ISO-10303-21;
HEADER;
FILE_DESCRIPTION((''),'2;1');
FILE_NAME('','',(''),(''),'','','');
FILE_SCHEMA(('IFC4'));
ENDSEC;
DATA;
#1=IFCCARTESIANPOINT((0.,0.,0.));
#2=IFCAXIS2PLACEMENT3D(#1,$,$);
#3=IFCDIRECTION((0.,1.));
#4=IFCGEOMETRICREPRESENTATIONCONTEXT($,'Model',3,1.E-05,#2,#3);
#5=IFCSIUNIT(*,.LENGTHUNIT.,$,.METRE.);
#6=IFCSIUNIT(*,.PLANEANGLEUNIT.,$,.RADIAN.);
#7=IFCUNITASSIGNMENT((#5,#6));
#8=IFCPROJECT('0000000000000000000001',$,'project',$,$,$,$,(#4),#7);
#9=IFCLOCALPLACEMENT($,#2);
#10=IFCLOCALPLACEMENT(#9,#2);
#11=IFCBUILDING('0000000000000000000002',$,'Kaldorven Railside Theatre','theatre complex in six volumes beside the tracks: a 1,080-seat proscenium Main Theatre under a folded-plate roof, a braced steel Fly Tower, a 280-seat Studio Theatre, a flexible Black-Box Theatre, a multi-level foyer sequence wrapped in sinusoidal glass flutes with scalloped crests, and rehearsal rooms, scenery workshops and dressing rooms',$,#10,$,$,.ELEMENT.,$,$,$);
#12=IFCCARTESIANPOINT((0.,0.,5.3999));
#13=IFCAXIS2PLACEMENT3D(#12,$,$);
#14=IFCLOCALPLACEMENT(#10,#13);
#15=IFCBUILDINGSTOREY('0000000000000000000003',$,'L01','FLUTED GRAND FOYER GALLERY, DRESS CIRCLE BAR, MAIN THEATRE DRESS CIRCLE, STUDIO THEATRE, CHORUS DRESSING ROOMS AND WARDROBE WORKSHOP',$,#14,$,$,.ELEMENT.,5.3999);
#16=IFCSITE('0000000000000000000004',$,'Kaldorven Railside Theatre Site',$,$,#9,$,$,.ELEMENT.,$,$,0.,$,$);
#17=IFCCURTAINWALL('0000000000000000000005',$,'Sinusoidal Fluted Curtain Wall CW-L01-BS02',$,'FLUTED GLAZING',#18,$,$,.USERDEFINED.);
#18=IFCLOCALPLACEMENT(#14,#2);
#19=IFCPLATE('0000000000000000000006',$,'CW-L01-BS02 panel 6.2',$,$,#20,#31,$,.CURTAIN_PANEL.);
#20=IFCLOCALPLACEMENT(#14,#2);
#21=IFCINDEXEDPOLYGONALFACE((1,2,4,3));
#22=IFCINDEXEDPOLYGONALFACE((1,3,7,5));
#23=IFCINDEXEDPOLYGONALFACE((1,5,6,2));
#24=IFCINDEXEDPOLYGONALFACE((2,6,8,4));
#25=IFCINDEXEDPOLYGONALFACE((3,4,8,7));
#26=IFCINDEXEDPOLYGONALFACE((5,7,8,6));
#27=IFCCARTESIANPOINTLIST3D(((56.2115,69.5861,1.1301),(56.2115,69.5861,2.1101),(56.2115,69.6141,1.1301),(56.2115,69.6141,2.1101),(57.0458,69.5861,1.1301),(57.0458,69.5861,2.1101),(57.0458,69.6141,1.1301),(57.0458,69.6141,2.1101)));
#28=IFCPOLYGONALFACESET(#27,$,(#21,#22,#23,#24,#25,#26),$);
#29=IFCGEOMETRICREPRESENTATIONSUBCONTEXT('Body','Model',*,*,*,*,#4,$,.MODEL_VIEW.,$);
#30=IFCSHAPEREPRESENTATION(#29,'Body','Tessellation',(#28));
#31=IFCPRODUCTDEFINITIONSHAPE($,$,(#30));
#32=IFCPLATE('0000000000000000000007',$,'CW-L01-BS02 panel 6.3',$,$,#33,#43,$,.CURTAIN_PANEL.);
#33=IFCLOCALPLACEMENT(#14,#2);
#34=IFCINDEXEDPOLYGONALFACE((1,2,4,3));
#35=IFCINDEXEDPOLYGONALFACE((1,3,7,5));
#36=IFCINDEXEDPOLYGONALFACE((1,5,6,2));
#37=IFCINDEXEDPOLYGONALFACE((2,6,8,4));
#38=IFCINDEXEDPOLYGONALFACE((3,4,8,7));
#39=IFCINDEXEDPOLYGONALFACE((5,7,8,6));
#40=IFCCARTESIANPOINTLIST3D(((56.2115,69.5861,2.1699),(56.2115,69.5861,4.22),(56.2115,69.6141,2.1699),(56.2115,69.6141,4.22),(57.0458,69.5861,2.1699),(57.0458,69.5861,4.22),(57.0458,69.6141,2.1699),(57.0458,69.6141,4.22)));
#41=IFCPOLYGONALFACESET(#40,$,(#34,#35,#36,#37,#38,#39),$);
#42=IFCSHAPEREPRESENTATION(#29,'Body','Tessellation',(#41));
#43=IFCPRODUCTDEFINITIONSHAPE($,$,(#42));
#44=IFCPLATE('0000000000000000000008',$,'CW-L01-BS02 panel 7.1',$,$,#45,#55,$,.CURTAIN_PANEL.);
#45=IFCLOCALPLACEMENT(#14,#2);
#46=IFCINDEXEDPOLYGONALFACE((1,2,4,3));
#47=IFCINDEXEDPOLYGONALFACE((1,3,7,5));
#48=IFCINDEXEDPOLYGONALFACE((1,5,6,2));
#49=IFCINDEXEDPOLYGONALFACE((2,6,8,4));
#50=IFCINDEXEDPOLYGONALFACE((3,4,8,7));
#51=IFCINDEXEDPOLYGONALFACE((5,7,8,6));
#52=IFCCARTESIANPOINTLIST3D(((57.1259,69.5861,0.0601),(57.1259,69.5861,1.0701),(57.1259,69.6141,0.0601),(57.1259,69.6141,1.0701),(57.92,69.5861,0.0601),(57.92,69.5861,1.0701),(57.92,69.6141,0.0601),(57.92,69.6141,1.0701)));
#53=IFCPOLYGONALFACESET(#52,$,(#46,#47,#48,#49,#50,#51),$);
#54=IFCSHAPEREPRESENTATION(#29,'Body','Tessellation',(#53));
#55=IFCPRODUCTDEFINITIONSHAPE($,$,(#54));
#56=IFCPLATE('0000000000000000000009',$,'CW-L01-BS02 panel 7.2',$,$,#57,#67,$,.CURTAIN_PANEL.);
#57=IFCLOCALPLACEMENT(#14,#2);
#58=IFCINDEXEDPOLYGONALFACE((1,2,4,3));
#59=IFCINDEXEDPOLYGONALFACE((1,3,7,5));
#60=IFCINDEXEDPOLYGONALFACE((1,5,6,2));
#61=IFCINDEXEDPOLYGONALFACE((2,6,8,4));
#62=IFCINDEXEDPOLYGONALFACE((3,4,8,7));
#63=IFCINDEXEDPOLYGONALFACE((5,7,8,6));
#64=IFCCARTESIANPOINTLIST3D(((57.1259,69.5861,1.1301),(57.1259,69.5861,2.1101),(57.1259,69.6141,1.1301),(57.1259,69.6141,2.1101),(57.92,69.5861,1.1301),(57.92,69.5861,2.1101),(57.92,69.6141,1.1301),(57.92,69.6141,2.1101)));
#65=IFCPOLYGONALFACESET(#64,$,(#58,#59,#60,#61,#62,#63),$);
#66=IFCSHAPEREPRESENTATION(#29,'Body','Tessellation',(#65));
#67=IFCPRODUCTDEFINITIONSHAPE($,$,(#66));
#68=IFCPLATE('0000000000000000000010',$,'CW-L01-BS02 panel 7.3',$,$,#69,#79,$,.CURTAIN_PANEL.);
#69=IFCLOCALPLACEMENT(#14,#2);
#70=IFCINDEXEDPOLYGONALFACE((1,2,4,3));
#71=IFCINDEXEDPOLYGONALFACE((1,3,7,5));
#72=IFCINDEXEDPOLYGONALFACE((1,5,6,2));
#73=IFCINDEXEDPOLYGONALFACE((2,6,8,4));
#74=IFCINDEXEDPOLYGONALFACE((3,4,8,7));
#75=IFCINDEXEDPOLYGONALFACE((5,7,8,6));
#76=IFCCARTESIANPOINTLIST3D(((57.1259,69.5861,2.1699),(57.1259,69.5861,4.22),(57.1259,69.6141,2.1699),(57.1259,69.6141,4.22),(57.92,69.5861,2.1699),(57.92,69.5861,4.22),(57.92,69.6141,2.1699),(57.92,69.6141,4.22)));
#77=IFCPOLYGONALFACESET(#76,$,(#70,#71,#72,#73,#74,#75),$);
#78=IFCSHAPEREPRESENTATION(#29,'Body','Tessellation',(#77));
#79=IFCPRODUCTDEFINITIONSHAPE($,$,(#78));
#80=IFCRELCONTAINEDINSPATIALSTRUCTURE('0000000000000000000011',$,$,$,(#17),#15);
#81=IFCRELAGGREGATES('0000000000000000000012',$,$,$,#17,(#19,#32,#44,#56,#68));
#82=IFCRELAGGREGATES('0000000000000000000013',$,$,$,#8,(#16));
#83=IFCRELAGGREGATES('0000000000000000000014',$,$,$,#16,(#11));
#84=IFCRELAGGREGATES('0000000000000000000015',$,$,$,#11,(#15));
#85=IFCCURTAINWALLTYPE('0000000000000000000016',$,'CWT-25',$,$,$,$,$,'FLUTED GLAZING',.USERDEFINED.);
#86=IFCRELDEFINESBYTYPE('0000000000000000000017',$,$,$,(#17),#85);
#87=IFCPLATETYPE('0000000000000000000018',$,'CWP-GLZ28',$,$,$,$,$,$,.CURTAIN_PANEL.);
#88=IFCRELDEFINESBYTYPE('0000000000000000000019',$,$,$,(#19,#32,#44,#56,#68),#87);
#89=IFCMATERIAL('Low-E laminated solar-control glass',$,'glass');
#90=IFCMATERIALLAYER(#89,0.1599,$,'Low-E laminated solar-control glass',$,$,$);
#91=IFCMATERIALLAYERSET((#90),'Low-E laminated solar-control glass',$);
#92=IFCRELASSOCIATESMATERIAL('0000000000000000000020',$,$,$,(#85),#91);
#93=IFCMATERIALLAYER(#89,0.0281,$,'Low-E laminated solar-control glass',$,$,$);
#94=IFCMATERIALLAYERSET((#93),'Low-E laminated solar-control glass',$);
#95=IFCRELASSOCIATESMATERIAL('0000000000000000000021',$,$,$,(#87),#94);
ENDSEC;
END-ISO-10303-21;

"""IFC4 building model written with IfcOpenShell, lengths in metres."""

from ifc_helpers import new_model, si_unit, direction, frame, origin, origin_2d, place, context, subcontext, project, spatial, rectangle, extrude, material, layer, layer_set, type_object, element, aggregate, save


model = new_model("IFC4")

# Units and contexts
model_context = context("Model", 3, precision=1e-05, world=origin(), true_north=direction((0.0, 1.0)))
body_context = subcontext(model_context, "Body", "Model", "MODEL_VIEW")
ifc_project = project(units=[si_unit("LENGTHUNIT", "METRE"), si_unit("PLANEANGLEUNIT", "RADIAN")], contexts=[model_context])

# Site, building, storey
site_placement = place(None, origin())
site = spatial("IfcSite", under=ifc_project, at=site_placement, Name="Kaldorven Railside Theatre Site", CompositionType="ELEMENT", RefElevation=0.0)
building_placement = place(site_placement, origin())
building = spatial("IfcBuilding", under=site, at=building_placement, Name="Kaldorven Railside Theatre", Description="theatre complex in six volumes beside the tracks: a 1,080-seat proscenium Main Theatre under a folded-plate roof, a braced steel Fly Tower, a 280-seat Studio Theatre, a flexible Black-Box Theatre, a multi-level foyer sequence wrapped in sinusoidal glass flutes with scalloped crests, and rehearsal rooms, scenery workshops and dressing rooms", CompositionType="ELEMENT")
storey_placement = place(building_placement, frame((0.0, 0.0, 5.3999)))
storey = spatial("IfcBuildingStorey", under=building, at=storey_placement, Name="L01", Description="FLUTED GRAND FOYER GALLERY, DRESS CIRCLE BAR, MAIN THEATRE DRESS CIRCLE, STUDIO THEATRE, CHORUS DRESSING ROOMS AND WARDROBE WORKSHOP", CompositionType="ELEMENT", Elevation=5.3999)

# Curtain wall
ifc_material_1 = material(Name="Low-E laminated solar-control glass", Category="glass")
ifc_layer_1 = layer(ifc_material_1, 0.1599, Name="Low-E laminated solar-control glass")
ifc_layer_set_1 = layer_set([ifc_layer_1], Name="Low-E laminated solar-control glass")
curtain_wall_type = type_object("IfcCurtainWallType", Name="CWT-25", ElementType="FLUTED GLAZING", PredefinedType="USERDEFINED", material=ifc_layer_set_1)
curtain_wall_1_placement = place(storey_placement, origin())
curtain_wall_1 = element("IfcCurtainWall", 1, at=curtain_wall_1_placement, inside=storey, type_object=curtain_wall_type, Name="Sinusoidal Fluted Curtain Wall CW-L01-BS02", ObjectType="FLUTED GLAZING", PredefinedType="USERDEFINED")

# Plates
ifc_layer_2 = layer(ifc_material_1, 0.0281, Name="Low-E laminated solar-control glass")
ifc_layer_set_2 = layer_set([ifc_layer_2], Name="Low-E laminated solar-control glass")
plate_type = type_object("IfcPlateType", Name="CWP-GLZ28", PredefinedType="CURTAIN_PANEL", material=ifc_layer_set_2)
plate_1_placement = place(storey_placement, frame((56.6287, 69.6001, 1.1301), z_axis=(0.0, 0.0, 1.0), x_axis=(1.0, 0.0, 0.0)))
plate_1 = element("IfcPlate", 2, at=plate_1_placement, type_object=plate_type, Name="CW-L01-BS02 panel 6.2", PredefinedType="CURTAIN_PANEL", context=body_context, shape_type="SweptSolid", body=[
    extrude(rectangle(XDim=0.8342, YDim=0.0281, at=origin_2d()), origin(), (0.0, 0.0, 1.0), 0.98),
])
plate_2_placement = place(storey_placement, frame((56.6287, 69.6001, 2.1699), z_axis=(0.0, 0.0, 1.0), x_axis=(1.0, 0.0, 0.0)))
plate_2 = element("IfcPlate", 3, at=plate_2_placement, type_object=plate_type, Name="CW-L01-BS02 panel 6.3", PredefinedType="CURTAIN_PANEL", context=body_context, shape_type="SweptSolid", body=[
    extrude(rectangle(XDim=0.8342, YDim=0.0281, at=origin_2d()), origin(), (0.0, 0.0, 1.0), 2.05),
])
plate_3_placement = place(storey_placement, frame((57.5229, 69.6001, 0.0601), z_axis=(0.0, 0.0, 1.0), x_axis=(1.0, 0.0, 0.0)))
plate_3 = element("IfcPlate", 4, at=plate_3_placement, type_object=plate_type, Name="CW-L01-BS02 panel 7.1", PredefinedType="CURTAIN_PANEL", context=body_context, shape_type="SweptSolid", body=[
    extrude(rectangle(XDim=0.7942, YDim=0.0281, at=origin_2d()), origin(), (0.0, 0.0, 1.0), 1.01),
])
plate_4_placement = place(storey_placement, frame((57.5229, 69.6001, 1.1301), z_axis=(0.0, 0.0, 1.0), x_axis=(1.0, 0.0, 0.0)))
plate_4 = element("IfcPlate", 5, at=plate_4_placement, type_object=plate_type, Name="CW-L01-BS02 panel 7.2", PredefinedType="CURTAIN_PANEL", context=body_context, shape_type="SweptSolid", body=[
    extrude(rectangle(XDim=0.7942, YDim=0.0281, at=origin_2d()), origin(), (0.0, 0.0, 1.0), 0.98),
])
plate_5_placement = place(storey_placement, frame((57.5229, 69.6001, 2.1699), z_axis=(0.0, 0.0, 1.0), x_axis=(1.0, 0.0, 0.0)))
plate_5 = element("IfcPlate", 6, at=plate_5_placement, type_object=plate_type, Name="CW-L01-BS02 panel 7.3", PredefinedType="CURTAIN_PANEL", context=body_context, shape_type="SweptSolid", body=[
    extrude(rectangle(XDim=0.7942, YDim=0.0281, at=origin_2d()), origin(), (0.0, 0.0, 1.0), 2.05),
])
aggregate(curtain_wall_1, [plate_1, plate_2, plate_3, plate_4, plate_5])

save(model, "model.ifc")
